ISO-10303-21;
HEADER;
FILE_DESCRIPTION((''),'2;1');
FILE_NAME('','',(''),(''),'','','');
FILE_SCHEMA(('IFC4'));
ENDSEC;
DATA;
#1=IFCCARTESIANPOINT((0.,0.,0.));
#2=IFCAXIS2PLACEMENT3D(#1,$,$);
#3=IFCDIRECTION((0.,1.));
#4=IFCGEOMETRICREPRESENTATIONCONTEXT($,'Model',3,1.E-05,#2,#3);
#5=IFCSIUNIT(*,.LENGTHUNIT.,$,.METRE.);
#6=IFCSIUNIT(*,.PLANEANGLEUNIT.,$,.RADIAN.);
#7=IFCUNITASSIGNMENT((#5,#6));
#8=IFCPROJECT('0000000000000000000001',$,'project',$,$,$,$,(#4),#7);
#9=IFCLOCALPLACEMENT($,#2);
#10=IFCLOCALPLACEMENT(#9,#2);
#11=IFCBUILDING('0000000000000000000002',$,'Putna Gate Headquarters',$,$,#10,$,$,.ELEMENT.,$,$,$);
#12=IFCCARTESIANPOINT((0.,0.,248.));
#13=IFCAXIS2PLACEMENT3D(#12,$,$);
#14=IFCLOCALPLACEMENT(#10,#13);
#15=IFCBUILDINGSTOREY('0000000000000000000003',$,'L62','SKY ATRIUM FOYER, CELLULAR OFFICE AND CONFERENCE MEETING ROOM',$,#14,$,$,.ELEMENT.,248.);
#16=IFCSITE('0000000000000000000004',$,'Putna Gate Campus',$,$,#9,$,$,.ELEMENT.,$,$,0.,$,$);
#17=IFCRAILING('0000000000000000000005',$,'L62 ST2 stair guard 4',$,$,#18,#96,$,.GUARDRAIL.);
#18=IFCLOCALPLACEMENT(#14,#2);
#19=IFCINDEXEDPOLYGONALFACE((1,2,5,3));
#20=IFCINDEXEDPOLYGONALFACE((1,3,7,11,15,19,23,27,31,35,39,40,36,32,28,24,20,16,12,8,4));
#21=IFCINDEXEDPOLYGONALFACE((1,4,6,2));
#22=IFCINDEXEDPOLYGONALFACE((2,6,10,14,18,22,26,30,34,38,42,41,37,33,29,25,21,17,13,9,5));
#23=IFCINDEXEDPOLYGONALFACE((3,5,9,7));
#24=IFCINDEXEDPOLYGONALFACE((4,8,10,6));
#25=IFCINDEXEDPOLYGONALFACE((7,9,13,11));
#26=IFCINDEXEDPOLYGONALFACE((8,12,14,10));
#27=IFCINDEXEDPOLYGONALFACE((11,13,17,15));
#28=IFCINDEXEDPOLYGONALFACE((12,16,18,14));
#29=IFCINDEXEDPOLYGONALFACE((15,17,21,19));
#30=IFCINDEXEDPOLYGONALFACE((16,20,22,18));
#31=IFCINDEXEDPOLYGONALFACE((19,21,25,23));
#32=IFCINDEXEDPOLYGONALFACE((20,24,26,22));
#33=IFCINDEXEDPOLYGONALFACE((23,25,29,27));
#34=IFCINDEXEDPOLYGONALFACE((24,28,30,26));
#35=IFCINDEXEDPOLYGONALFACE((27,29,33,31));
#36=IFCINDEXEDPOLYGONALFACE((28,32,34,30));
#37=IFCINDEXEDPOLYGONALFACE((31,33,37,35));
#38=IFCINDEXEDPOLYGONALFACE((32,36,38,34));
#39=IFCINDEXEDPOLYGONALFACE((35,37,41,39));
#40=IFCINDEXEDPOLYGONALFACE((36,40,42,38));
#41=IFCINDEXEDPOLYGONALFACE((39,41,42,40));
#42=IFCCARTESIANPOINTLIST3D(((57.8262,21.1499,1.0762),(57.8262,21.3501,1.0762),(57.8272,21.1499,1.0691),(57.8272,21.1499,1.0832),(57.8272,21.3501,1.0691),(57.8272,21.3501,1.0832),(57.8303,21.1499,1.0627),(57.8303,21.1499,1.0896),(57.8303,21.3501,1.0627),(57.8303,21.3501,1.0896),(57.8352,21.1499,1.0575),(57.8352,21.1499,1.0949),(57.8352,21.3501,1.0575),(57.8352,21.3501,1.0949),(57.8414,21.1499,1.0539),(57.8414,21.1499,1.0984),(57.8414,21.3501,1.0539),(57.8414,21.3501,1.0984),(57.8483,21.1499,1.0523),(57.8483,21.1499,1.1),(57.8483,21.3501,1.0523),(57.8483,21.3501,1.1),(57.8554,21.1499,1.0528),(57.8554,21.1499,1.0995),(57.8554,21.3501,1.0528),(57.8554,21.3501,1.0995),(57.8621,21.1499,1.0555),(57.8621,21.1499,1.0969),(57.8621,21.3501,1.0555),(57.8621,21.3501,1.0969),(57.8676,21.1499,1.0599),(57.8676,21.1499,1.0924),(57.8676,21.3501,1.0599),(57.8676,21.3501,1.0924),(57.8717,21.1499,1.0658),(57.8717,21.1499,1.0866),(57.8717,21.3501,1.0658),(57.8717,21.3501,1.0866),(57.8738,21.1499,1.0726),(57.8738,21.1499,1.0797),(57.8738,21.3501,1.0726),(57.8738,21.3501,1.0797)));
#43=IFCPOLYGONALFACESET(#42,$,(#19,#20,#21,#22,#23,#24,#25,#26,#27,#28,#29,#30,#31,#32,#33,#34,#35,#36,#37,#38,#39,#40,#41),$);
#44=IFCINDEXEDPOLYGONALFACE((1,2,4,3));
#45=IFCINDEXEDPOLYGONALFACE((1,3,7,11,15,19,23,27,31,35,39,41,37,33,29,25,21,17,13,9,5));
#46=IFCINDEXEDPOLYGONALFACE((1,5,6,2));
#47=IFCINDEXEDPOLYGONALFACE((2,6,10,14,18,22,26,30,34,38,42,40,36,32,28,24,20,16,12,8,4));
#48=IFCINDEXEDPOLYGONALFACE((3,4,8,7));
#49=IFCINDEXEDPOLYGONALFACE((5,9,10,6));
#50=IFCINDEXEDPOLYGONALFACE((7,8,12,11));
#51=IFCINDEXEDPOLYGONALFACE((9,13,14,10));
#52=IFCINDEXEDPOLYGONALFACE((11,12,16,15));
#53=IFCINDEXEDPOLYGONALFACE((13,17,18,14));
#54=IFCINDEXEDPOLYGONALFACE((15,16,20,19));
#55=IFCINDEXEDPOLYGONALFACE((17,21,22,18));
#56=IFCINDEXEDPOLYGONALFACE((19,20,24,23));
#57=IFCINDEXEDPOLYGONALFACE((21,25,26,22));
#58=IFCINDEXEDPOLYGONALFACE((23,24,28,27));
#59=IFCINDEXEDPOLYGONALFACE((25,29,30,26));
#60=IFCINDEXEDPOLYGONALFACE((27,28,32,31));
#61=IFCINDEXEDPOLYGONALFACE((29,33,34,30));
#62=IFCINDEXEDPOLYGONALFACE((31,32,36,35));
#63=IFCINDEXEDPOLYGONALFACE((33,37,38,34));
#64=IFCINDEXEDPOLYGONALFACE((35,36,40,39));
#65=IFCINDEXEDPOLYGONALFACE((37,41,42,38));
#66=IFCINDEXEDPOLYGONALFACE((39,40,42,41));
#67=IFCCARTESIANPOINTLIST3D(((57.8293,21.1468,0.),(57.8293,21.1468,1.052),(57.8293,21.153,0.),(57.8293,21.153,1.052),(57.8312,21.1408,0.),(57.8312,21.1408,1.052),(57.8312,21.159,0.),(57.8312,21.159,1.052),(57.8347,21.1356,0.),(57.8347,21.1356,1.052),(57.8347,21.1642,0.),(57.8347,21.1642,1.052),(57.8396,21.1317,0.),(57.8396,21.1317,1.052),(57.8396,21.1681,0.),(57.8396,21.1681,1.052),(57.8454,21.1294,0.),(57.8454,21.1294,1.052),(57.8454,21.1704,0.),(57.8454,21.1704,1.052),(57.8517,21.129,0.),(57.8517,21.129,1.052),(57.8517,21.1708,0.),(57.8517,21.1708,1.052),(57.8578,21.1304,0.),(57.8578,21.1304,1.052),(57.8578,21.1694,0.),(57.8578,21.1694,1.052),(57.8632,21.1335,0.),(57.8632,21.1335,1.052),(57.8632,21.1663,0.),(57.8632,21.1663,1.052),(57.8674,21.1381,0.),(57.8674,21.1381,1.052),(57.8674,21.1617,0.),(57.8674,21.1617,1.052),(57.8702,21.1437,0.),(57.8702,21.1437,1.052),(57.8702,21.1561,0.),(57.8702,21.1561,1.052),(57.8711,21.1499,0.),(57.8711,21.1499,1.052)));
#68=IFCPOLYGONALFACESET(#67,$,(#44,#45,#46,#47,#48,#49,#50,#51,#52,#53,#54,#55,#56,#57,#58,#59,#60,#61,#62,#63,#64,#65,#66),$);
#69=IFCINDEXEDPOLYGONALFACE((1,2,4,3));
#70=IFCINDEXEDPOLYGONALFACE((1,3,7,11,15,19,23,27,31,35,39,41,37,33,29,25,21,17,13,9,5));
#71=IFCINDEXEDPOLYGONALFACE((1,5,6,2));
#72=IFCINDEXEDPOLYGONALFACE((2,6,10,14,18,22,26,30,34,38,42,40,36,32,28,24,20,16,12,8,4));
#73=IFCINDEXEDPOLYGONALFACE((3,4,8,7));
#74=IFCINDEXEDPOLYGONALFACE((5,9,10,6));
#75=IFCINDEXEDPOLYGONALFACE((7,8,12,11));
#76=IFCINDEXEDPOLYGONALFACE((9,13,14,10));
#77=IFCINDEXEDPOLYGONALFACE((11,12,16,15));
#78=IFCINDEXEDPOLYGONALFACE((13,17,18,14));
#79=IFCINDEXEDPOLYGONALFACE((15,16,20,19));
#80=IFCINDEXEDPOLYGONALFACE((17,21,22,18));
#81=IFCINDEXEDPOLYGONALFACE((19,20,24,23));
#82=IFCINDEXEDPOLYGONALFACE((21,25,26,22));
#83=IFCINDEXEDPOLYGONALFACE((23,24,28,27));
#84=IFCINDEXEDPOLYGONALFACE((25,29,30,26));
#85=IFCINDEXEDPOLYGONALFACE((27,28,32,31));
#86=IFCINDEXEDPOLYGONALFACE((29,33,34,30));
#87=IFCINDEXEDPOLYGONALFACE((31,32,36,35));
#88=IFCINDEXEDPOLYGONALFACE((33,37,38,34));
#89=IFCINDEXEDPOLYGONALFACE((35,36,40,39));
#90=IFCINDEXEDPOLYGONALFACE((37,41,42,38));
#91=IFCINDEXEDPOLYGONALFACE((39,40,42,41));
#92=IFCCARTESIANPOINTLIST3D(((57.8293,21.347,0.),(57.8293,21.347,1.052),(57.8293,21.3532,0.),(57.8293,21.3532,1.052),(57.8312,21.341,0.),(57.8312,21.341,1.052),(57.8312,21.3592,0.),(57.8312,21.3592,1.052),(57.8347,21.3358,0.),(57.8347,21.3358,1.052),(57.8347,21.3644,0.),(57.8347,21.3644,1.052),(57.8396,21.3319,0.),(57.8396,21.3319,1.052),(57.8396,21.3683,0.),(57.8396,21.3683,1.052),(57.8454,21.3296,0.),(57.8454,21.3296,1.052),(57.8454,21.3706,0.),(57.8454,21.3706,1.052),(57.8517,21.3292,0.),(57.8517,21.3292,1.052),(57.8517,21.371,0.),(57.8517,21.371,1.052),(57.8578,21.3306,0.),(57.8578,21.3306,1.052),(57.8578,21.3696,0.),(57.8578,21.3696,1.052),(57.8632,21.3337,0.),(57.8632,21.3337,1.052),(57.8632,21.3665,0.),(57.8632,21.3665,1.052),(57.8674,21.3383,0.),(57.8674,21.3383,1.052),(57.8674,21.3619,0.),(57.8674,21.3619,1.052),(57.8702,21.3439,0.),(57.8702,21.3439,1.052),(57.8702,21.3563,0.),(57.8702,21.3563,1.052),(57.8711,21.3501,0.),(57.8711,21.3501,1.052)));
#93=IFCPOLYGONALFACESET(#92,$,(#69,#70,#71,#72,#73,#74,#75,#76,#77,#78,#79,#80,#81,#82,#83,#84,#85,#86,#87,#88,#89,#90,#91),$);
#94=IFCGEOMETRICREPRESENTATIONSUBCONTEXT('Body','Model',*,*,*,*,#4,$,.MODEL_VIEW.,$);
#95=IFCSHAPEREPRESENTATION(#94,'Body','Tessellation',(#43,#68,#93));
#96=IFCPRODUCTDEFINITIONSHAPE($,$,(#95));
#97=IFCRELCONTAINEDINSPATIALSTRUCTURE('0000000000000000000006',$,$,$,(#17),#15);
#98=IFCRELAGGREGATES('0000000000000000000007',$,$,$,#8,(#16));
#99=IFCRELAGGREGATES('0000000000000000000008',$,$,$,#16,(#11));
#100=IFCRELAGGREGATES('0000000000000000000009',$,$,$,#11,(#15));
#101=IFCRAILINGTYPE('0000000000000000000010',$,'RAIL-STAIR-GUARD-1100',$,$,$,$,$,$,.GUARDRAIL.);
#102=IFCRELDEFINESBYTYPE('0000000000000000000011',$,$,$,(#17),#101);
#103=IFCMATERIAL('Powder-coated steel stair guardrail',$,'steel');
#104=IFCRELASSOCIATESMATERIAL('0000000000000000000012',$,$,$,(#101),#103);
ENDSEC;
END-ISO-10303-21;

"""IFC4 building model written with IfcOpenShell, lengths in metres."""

from ifc_helpers import new_model, si_unit, direction, frame, origin, origin_2d, place, context, subcontext, project, spatial, circle, extrude, material, type_object, element, save


model = new_model("IFC4")

# Units and contexts
model_context = context("Model", 3, precision=1e-05, world=origin(), true_north=direction((0.0, 1.0)))
body_context = subcontext(model_context, "Body", "Model", "MODEL_VIEW")
ifc_project = project(units=[si_unit("LENGTHUNIT", "METRE"), si_unit("PLANEANGLEUNIT", "RADIAN")], contexts=[model_context])

# Site, building, storey
site_placement = place(None, origin())
site = spatial("IfcSite", under=ifc_project, at=site_placement, Name="Putna Gate Campus", CompositionType="ELEMENT", RefElevation=0.0)
building_placement = place(site_placement, origin())
building = spatial("IfcBuilding", under=site, at=building_placement, Name="Putna Gate Headquarters", CompositionType="ELEMENT")
storey_placement = place(building_placement, frame((0.0, 0.0, 248.0)))
storey = spatial("IfcBuildingStorey", under=building, at=storey_placement, Name="L62", Description="SKY ATRIUM FOYER, CELLULAR OFFICE AND CONFERENCE MEETING ROOM", CompositionType="ELEMENT", Elevation=248.0)

# Railing
ifc_material_1 = material(Name="Powder-coated steel stair guardrail", Category="steel")
railing_type_1 = type_object("IfcRailingType", Name="RAIL-STAIR-GUARD-1100", PredefinedType="GUARDRAIL", material=ifc_material_1)
railing_1_placement = place(storey_placement, frame((57.8501, 21.1499, 0.0)))
element("IfcRailing", 1, at=railing_1_placement, inside=storey, type_object=railing_type_1, Name="L62 ST2 stair guard 4", PredefinedType="GUARDRAIL", context=body_context, shape_type="SweptSolid", body=[
    extrude(circle(Radius=0.0239, at=origin_2d()), frame((0.0, 0.0, 1.0762), z_axis=(0.0, 1.0, 0.0), x_axis=(-1.0, 0.0, 0.0)), (0.0, 0.0, 1.0), 0.2002),
    extrude(circle(Radius=0.021, at=origin_2d()), origin(), (0.0, 0.0, 1.0), 1.052),
    extrude(circle(Radius=0.021, at=origin_2d()), frame((0.0, 0.2002, 0.0)), (0.0, 0.0, 1.0), 1.052),
])

save(model, "model.ifc")
